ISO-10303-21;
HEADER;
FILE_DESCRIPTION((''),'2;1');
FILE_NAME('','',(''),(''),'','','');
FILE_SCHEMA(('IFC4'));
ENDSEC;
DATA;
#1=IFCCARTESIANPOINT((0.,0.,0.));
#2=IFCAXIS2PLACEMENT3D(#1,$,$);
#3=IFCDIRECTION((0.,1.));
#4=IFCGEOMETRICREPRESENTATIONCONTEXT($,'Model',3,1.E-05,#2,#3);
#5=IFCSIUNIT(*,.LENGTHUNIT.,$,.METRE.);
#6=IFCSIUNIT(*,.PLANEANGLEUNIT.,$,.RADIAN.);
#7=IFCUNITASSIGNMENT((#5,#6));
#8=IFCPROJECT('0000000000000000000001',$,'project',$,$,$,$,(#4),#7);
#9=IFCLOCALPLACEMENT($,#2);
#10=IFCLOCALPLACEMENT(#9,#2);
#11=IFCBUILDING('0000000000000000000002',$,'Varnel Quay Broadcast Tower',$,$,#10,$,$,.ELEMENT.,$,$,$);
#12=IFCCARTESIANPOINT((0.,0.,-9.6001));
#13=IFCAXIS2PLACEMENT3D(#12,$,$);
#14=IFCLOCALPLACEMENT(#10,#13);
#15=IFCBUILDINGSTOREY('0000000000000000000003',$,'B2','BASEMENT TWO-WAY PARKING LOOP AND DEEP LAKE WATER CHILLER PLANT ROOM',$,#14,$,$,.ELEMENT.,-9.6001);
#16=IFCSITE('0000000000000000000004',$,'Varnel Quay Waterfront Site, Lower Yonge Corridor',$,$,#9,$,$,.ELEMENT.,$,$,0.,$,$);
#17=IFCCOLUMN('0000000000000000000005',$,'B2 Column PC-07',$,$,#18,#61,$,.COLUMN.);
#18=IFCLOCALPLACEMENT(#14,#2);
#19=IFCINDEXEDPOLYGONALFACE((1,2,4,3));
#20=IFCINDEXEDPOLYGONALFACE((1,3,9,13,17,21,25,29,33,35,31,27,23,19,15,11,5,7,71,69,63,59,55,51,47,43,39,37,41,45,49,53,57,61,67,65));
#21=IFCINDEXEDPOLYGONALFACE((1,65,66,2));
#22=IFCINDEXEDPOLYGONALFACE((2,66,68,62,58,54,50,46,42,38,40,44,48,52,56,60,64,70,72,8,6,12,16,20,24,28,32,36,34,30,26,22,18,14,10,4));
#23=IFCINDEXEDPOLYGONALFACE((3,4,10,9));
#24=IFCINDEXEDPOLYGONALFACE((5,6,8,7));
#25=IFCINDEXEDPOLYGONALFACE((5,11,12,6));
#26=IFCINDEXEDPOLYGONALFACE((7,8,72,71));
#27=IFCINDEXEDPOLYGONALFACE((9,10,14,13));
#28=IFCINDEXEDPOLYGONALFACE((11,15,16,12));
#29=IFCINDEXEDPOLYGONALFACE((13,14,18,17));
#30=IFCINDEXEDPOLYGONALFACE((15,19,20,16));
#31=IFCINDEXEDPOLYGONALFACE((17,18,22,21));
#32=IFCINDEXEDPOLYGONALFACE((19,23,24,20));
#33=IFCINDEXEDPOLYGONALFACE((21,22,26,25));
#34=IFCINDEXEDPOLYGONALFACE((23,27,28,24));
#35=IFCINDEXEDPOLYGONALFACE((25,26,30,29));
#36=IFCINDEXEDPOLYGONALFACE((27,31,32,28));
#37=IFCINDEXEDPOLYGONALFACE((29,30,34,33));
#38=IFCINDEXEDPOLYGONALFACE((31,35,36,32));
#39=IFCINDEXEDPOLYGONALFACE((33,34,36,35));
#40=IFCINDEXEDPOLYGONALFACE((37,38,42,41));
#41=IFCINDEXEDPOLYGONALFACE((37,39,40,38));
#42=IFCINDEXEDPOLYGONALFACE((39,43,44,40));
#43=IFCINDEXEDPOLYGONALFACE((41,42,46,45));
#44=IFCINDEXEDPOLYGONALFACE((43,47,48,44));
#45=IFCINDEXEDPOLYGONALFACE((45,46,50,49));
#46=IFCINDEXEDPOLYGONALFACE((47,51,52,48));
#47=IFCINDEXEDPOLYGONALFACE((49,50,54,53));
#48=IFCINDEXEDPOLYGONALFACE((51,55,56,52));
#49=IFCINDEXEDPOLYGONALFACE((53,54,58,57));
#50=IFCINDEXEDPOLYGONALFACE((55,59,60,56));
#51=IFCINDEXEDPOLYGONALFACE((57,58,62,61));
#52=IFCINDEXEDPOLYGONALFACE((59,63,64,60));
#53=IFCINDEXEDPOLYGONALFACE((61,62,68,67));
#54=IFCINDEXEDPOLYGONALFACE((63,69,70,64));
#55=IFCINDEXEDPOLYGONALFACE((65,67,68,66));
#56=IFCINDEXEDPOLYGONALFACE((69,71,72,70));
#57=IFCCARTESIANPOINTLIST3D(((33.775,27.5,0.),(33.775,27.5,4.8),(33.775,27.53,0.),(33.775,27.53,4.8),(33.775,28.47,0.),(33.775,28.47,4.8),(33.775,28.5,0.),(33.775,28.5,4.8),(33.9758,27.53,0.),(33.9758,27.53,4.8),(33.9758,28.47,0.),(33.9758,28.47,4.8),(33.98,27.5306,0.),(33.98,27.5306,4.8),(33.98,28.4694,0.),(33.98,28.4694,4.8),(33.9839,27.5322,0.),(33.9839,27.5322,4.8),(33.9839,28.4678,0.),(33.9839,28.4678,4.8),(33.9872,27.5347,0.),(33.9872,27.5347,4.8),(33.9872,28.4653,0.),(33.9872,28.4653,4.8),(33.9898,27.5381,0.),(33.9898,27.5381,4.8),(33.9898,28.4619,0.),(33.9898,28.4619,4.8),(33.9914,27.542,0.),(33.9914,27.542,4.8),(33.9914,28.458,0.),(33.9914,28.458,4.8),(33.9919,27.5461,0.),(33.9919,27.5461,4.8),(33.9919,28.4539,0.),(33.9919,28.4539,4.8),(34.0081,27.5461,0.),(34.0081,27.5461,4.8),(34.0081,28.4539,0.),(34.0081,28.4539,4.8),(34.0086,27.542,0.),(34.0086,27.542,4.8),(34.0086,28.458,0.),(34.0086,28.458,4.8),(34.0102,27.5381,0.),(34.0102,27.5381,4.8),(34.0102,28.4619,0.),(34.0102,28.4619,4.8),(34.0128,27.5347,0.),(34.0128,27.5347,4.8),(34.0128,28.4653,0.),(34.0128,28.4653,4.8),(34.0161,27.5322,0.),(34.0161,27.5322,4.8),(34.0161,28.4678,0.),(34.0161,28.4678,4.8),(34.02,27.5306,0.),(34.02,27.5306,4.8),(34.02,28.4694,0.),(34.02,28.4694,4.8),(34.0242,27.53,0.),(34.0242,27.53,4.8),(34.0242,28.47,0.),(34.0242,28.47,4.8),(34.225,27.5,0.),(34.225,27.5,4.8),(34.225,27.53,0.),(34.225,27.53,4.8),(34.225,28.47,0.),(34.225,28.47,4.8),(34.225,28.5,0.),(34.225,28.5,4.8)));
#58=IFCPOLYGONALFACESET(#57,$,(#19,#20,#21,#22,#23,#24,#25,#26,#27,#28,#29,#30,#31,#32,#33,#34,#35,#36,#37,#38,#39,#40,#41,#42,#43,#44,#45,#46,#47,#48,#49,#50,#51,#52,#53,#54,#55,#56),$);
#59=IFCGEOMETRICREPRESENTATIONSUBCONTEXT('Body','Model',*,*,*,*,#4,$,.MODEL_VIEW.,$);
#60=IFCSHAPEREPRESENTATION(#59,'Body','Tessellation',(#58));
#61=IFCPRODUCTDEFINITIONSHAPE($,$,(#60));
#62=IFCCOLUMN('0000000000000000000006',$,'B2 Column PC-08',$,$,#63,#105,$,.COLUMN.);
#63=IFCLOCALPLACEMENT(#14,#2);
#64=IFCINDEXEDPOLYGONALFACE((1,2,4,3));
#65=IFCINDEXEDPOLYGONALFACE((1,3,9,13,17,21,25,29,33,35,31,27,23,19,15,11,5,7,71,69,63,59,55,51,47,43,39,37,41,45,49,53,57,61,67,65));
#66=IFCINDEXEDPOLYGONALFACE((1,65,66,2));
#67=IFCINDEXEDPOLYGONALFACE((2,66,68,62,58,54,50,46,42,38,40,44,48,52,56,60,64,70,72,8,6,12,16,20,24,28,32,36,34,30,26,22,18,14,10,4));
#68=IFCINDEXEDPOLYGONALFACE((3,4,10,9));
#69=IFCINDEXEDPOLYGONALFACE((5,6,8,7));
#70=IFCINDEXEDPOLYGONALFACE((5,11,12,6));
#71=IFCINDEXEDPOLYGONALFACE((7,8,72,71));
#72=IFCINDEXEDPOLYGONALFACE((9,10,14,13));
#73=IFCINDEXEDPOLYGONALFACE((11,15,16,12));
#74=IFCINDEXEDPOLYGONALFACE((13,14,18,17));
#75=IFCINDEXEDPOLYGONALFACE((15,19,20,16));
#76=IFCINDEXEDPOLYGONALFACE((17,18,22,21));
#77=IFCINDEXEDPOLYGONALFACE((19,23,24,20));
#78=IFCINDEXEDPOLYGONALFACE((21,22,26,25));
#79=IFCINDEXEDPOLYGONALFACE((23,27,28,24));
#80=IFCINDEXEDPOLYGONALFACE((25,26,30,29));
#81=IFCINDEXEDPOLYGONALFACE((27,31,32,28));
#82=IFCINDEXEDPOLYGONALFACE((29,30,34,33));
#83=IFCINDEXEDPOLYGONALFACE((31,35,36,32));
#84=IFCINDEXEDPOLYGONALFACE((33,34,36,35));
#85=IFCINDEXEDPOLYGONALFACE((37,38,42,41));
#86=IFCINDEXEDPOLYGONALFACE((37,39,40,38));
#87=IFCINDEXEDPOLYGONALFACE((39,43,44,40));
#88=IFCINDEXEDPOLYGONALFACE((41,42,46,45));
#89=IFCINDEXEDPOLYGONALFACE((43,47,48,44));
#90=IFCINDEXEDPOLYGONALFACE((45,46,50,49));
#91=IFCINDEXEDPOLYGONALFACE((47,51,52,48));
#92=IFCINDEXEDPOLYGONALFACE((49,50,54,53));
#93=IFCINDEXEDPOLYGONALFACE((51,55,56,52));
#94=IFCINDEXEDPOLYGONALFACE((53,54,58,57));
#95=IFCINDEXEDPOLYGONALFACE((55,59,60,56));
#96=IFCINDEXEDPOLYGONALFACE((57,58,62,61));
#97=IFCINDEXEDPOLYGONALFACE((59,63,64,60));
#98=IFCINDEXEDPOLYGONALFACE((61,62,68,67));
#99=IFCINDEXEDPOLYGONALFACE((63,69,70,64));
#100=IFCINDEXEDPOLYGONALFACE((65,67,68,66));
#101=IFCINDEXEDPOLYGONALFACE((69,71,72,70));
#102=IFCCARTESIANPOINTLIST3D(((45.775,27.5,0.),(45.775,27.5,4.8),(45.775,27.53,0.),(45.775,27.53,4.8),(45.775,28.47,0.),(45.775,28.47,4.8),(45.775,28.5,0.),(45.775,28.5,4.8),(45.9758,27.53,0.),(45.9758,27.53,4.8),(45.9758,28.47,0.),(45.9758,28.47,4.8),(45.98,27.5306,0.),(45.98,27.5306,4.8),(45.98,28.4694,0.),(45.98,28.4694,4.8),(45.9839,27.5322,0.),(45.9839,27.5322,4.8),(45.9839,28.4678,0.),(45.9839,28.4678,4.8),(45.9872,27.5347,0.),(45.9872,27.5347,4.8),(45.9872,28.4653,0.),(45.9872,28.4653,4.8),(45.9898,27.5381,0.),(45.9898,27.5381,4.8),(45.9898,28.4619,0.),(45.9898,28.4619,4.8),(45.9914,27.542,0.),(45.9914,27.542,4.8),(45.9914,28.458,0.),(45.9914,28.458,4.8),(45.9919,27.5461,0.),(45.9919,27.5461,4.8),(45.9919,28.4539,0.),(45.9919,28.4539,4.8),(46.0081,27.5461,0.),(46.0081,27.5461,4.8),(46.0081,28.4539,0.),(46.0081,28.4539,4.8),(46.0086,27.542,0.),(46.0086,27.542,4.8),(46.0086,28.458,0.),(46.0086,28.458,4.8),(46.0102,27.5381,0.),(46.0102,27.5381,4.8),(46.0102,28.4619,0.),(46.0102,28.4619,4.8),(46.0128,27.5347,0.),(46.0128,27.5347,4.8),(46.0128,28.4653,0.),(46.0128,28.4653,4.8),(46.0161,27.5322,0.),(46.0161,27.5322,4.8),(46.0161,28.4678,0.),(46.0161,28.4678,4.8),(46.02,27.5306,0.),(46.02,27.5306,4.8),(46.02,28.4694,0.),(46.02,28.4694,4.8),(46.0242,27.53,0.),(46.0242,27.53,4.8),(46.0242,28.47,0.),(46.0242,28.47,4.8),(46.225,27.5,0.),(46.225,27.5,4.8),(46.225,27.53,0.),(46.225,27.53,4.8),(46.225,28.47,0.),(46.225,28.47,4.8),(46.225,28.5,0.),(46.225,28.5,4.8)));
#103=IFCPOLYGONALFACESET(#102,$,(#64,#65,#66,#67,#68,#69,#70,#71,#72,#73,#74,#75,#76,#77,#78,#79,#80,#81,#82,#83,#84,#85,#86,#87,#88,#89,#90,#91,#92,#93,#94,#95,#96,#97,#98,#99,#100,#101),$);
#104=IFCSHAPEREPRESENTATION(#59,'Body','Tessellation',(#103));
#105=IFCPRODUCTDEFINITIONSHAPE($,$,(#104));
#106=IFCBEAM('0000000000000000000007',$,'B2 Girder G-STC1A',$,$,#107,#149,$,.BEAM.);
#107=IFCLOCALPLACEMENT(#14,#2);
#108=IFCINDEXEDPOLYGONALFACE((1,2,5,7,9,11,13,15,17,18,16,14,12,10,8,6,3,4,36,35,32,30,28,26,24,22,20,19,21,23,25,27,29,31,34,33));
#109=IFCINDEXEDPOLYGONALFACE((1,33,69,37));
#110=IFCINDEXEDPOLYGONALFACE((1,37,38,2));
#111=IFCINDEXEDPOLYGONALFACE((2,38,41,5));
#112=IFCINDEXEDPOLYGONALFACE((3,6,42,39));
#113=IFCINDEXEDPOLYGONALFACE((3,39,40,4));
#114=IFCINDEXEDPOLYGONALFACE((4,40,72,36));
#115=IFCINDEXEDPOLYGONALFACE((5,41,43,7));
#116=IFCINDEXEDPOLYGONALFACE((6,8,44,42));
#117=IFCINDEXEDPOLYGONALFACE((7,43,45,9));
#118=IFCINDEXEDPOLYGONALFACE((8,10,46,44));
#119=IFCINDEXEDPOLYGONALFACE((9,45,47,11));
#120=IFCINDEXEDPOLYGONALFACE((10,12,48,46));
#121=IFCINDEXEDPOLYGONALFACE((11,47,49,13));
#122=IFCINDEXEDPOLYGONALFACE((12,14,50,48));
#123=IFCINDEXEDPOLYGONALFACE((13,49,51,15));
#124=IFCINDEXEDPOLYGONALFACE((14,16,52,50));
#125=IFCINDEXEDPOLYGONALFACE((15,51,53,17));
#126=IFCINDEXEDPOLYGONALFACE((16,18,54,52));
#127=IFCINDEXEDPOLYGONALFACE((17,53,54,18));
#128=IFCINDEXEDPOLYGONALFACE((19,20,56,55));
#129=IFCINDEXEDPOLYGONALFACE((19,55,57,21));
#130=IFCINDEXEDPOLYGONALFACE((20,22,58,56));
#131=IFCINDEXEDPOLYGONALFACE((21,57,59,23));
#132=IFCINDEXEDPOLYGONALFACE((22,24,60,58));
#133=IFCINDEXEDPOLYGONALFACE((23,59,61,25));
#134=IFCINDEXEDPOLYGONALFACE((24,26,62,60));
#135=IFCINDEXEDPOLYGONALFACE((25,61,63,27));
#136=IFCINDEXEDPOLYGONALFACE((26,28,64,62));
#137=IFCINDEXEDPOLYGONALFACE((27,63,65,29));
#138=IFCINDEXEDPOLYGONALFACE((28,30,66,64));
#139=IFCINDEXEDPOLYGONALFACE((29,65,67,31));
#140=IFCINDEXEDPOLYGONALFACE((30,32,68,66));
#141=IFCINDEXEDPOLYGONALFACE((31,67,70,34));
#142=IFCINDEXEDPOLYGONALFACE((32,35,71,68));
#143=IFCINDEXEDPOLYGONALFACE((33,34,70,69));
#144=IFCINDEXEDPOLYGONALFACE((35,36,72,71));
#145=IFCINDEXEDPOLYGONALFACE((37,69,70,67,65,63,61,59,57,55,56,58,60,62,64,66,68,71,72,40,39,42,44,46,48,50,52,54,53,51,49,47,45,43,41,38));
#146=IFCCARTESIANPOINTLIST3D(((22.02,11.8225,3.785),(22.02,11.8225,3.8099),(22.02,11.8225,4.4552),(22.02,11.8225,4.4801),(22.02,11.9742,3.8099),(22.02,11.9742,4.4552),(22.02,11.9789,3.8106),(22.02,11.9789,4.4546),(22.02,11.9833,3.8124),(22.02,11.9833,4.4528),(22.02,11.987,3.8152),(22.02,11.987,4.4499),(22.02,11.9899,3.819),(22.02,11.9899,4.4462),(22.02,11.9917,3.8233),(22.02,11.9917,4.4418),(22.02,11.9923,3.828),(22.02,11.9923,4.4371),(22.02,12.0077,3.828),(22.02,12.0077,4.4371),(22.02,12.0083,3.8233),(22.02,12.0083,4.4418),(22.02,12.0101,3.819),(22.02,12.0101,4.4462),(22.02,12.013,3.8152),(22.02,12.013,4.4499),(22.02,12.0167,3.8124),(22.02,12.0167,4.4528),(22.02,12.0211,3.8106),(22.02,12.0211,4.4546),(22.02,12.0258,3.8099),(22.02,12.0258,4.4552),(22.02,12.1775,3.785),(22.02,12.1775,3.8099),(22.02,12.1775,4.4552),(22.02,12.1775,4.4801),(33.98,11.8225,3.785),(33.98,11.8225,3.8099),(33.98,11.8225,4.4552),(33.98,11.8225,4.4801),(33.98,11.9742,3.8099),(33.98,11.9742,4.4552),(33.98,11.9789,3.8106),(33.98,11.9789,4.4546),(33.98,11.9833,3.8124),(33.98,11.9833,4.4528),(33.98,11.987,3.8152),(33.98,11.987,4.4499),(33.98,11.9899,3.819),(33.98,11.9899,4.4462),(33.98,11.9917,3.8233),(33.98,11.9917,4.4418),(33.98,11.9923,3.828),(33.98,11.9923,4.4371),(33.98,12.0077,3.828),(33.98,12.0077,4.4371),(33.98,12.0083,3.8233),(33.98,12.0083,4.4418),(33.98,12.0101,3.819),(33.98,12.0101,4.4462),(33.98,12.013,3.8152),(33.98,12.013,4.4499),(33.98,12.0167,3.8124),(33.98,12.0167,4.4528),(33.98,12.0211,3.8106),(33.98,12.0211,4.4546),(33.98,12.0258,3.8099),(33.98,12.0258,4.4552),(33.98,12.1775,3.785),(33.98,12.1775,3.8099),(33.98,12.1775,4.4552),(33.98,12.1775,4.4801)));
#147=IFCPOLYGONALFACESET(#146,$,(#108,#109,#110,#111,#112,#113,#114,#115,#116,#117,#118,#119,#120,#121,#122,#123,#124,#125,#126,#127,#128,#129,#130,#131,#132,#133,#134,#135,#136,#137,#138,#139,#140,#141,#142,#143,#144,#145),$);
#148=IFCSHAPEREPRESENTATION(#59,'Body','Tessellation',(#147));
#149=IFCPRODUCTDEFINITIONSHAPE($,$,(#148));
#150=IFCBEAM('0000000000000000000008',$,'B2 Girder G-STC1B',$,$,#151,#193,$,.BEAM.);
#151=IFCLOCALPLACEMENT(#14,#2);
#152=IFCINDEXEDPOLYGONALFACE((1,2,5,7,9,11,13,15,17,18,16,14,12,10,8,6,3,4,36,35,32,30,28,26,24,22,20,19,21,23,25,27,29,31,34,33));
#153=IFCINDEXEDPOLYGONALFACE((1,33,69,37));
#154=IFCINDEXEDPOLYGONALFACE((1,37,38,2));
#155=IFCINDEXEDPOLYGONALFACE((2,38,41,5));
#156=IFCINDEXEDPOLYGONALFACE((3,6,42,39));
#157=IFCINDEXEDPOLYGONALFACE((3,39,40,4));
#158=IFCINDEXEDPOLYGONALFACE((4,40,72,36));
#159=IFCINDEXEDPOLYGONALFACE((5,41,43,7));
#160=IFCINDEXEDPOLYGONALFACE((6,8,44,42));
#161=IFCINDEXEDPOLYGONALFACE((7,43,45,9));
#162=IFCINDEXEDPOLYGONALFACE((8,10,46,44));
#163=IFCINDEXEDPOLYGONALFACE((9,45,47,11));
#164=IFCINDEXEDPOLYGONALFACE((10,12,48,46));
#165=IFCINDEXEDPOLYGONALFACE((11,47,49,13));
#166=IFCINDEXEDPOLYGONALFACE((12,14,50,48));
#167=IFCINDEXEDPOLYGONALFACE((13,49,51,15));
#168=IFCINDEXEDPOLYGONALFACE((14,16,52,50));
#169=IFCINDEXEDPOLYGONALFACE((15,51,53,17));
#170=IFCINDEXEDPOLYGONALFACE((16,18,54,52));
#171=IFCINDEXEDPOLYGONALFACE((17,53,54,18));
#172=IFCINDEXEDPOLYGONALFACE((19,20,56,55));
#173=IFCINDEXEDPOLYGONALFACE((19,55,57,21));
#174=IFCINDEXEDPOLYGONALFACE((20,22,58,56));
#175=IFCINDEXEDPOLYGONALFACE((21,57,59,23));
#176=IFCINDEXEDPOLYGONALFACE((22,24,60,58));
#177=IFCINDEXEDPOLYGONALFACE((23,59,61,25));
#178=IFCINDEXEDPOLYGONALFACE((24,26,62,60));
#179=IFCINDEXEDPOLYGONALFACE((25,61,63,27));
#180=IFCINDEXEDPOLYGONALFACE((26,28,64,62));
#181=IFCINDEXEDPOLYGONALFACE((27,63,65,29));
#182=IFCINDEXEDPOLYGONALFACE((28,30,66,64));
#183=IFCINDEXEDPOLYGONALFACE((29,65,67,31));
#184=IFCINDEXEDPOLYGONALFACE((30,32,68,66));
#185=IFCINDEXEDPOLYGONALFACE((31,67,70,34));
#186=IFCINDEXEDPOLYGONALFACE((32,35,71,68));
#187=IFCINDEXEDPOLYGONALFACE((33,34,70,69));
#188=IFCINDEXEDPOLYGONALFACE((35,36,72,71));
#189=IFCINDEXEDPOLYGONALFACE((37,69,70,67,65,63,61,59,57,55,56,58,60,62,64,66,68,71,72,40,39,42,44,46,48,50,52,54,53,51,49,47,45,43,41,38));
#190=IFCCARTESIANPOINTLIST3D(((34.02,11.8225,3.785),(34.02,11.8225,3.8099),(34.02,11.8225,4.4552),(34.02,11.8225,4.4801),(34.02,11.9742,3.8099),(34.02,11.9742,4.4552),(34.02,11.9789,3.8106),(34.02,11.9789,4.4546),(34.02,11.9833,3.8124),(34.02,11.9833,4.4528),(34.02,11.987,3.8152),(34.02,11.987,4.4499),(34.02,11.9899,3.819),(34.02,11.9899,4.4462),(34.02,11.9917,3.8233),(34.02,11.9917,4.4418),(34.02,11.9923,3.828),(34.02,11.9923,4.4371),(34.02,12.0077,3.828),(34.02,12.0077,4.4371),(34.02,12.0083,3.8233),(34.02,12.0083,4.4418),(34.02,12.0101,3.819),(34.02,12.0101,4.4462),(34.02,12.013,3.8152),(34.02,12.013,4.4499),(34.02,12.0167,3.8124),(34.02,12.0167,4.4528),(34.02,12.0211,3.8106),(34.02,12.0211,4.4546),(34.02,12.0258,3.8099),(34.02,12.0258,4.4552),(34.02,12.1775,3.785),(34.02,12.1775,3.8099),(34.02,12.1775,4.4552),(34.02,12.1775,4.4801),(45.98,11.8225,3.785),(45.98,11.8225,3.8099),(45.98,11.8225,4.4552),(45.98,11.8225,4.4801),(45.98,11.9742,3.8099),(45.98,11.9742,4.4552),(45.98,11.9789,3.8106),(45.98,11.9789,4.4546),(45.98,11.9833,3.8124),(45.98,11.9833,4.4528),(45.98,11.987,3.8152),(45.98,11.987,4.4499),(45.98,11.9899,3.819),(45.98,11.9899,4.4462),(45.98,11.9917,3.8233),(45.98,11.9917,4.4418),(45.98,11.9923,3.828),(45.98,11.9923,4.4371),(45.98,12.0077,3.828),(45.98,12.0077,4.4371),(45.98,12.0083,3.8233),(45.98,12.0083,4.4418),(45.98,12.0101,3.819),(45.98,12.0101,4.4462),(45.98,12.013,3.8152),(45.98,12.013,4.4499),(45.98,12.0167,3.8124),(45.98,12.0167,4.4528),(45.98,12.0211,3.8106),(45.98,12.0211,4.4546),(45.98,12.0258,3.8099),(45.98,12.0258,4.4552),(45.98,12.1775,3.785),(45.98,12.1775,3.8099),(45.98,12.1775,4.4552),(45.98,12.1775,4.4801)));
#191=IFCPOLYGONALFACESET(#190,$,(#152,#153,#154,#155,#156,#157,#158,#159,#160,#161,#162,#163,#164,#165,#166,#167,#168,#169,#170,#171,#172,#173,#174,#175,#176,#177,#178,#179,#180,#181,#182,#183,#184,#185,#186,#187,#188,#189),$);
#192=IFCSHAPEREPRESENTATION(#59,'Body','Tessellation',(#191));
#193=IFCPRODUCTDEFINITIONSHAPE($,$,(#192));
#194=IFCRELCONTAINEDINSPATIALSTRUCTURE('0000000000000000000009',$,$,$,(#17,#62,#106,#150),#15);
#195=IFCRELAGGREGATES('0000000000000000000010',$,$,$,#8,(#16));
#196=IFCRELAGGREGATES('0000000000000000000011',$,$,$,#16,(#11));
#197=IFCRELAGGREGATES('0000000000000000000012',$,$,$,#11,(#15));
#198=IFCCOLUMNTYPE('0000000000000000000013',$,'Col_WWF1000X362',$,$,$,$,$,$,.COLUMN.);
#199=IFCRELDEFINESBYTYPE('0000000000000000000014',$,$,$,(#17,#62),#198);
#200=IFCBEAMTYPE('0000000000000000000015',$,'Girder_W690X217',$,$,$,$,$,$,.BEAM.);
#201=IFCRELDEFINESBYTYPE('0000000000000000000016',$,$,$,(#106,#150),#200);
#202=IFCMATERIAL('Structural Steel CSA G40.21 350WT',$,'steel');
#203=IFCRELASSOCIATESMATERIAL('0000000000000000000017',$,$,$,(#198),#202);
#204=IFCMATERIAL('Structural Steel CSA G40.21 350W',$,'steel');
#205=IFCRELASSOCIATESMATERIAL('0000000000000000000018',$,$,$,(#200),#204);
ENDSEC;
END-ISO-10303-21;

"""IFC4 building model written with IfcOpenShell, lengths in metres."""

from ifc_helpers import new_model, si_unit, direction, frame, origin, origin_2d, place, context, subcontext, project, spatial, i_section, extrude, source, transform, mapped, material, material_profile, profile_set, type_object, type_shapes, element, save


model = new_model("IFC4")

# Units and contexts
model_context = context("Model", 3, precision=1e-05, world=origin(), true_north=direction((0.0, 1.0)))
body_context = subcontext(model_context, "Body", "Model", "MODEL_VIEW")
ifc_project = project(units=[si_unit("LENGTHUNIT", "METRE"), si_unit("PLANEANGLEUNIT", "RADIAN")], contexts=[model_context])

# Site, building, storey
site_placement = place(None, origin())
site = spatial("IfcSite", under=ifc_project, at=site_placement, Name="Varnel Quay Waterfront Site, Lower Yonge Corridor", CompositionType="ELEMENT", RefElevation=0.0)
building_placement = place(site_placement, origin())
building = spatial("IfcBuilding", under=site, at=building_placement, Name="Varnel Quay Broadcast Tower", CompositionType="ELEMENT")
storey_placement = place(building_placement, frame((0.0, 0.0, -9.6001)))
storey = spatial("IfcBuildingStorey", under=building, at=storey_placement, Name="B2", Description="BASEMENT TWO-WAY PARKING LOOP AND DEEP LAKE WATER CHILLER PLANT ROOM", CompositionType="ELEMENT", Elevation=-9.6001)

# Columns
ifc_material_1 = material(Name="Structural Steel CSA G40.21 350WT", Category="steel")
ifc_material_profile_1 = material_profile(ifc_material_1, i_section(OverallWidth=0.45, OverallDepth=1.0, WebThickness=0.0161, FlangeThickness=0.03, FilletRadius=0.0161, at=origin_2d()), Name="WWF1000X362")
ifc_profile_set_1 = profile_set([ifc_material_profile_1], Name="Structural Steel CSA G40.21 350WT")
column_type = type_object("IfcColumnType", Name="Col_WWF1000X362", PredefinedType="COLUMN", material=ifc_profile_set_1)
shared_shape_1 = source(origin(), body_context, "Body", "SweptSolid", [
    extrude(i_section(OverallWidth=0.45, OverallDepth=1.0, WebThickness=0.0161, FlangeThickness=0.03, FilletRadius=0.0161, at=origin_2d()), origin(), (0.0, 0.0, 1.0), 4.8),
])
type_shapes(column_type, [shared_shape_1])
for number, where, z_axis, x_axis, name in (
    (1, (34.0, 28.0, 0.0), (0.0, 0.0, 1.0), (1.0, 0.0, 0.0), "B2 Column PC-07"),
    (2, (46.0, 28.0, 0.0), (0.0, 0.0, 1.0), (1.0, 0.0, 0.0), "B2 Column PC-08"),
):
    element("IfcColumn", number, at=place(storey_placement, frame(where, z_axis=z_axis, x_axis=x_axis)), inside=storey, type_object=column_type, Name=name, PredefinedType="COLUMN", context=body_context, shape_type="MappedRepresentation", body=[
        mapped(shared_shape_1, transform((0.0, 0.0, 0.0), x_axis=(1.0, 0.0, 0.0), y_axis=(0.0, 1.0, 0.0), z_axis=(0.0, 0.0, 1.0), scale=1.0)),
    ])

# Beams
ifc_material_2 = material(Name="Structural Steel CSA G40.21 350W", Category="steel")
ifc_material_profile_2 = material_profile(ifc_material_2, i_section(OverallWidth=0.355, OverallDepth=0.6951, WebThickness=0.0154, FlangeThickness=0.0249, FilletRadius=0.0181, at=origin_2d()), Name="W690X217")
ifc_profile_set_2 = profile_set([ifc_material_profile_2], Name="Structural Steel CSA G40.21 350W")
beam_type = type_object("IfcBeamType", Name="Girder_W690X217", PredefinedType="BEAM", material=ifc_profile_set_2)
shared_shape_2 = source(origin(), body_context, "Body", "SweptSolid", [
    extrude(i_section(OverallWidth=0.355, OverallDepth=0.6951, WebThickness=0.0154, FlangeThickness=0.0249, FilletRadius=0.0181, at=origin_2d()), origin(), (0.0, 0.0, 1.0), 11.96),
])
for number, where, z_axis, x_axis, name in (
    (3, (22.02, 12.0, 4.1326), (1.0, 0.0, 0.0), (0.0, 1.0, 0.0), "B2 Girder G-STC1A"),
    (4, (34.02, 12.0, 4.1326), (1.0, 0.0, 0.0), (0.0, 1.0, 0.0), "B2 Girder G-STC1B"),
):
    element("IfcBeam", number, at=place(storey_placement, frame(where, z_axis=z_axis, x_axis=x_axis)), inside=storey, type_object=beam_type, Name=name, PredefinedType="BEAM", context=body_context, shape_type="MappedRepresentation", body=[
        mapped(shared_shape_2, transform((0.0, 0.0, 0.0), x_axis=(1.0, 0.0, 0.0), y_axis=(0.0, 1.0, 0.0), z_axis=(0.0, 0.0, 1.0), scale=1.0)),
    ])

save(model, "model.ifc")
